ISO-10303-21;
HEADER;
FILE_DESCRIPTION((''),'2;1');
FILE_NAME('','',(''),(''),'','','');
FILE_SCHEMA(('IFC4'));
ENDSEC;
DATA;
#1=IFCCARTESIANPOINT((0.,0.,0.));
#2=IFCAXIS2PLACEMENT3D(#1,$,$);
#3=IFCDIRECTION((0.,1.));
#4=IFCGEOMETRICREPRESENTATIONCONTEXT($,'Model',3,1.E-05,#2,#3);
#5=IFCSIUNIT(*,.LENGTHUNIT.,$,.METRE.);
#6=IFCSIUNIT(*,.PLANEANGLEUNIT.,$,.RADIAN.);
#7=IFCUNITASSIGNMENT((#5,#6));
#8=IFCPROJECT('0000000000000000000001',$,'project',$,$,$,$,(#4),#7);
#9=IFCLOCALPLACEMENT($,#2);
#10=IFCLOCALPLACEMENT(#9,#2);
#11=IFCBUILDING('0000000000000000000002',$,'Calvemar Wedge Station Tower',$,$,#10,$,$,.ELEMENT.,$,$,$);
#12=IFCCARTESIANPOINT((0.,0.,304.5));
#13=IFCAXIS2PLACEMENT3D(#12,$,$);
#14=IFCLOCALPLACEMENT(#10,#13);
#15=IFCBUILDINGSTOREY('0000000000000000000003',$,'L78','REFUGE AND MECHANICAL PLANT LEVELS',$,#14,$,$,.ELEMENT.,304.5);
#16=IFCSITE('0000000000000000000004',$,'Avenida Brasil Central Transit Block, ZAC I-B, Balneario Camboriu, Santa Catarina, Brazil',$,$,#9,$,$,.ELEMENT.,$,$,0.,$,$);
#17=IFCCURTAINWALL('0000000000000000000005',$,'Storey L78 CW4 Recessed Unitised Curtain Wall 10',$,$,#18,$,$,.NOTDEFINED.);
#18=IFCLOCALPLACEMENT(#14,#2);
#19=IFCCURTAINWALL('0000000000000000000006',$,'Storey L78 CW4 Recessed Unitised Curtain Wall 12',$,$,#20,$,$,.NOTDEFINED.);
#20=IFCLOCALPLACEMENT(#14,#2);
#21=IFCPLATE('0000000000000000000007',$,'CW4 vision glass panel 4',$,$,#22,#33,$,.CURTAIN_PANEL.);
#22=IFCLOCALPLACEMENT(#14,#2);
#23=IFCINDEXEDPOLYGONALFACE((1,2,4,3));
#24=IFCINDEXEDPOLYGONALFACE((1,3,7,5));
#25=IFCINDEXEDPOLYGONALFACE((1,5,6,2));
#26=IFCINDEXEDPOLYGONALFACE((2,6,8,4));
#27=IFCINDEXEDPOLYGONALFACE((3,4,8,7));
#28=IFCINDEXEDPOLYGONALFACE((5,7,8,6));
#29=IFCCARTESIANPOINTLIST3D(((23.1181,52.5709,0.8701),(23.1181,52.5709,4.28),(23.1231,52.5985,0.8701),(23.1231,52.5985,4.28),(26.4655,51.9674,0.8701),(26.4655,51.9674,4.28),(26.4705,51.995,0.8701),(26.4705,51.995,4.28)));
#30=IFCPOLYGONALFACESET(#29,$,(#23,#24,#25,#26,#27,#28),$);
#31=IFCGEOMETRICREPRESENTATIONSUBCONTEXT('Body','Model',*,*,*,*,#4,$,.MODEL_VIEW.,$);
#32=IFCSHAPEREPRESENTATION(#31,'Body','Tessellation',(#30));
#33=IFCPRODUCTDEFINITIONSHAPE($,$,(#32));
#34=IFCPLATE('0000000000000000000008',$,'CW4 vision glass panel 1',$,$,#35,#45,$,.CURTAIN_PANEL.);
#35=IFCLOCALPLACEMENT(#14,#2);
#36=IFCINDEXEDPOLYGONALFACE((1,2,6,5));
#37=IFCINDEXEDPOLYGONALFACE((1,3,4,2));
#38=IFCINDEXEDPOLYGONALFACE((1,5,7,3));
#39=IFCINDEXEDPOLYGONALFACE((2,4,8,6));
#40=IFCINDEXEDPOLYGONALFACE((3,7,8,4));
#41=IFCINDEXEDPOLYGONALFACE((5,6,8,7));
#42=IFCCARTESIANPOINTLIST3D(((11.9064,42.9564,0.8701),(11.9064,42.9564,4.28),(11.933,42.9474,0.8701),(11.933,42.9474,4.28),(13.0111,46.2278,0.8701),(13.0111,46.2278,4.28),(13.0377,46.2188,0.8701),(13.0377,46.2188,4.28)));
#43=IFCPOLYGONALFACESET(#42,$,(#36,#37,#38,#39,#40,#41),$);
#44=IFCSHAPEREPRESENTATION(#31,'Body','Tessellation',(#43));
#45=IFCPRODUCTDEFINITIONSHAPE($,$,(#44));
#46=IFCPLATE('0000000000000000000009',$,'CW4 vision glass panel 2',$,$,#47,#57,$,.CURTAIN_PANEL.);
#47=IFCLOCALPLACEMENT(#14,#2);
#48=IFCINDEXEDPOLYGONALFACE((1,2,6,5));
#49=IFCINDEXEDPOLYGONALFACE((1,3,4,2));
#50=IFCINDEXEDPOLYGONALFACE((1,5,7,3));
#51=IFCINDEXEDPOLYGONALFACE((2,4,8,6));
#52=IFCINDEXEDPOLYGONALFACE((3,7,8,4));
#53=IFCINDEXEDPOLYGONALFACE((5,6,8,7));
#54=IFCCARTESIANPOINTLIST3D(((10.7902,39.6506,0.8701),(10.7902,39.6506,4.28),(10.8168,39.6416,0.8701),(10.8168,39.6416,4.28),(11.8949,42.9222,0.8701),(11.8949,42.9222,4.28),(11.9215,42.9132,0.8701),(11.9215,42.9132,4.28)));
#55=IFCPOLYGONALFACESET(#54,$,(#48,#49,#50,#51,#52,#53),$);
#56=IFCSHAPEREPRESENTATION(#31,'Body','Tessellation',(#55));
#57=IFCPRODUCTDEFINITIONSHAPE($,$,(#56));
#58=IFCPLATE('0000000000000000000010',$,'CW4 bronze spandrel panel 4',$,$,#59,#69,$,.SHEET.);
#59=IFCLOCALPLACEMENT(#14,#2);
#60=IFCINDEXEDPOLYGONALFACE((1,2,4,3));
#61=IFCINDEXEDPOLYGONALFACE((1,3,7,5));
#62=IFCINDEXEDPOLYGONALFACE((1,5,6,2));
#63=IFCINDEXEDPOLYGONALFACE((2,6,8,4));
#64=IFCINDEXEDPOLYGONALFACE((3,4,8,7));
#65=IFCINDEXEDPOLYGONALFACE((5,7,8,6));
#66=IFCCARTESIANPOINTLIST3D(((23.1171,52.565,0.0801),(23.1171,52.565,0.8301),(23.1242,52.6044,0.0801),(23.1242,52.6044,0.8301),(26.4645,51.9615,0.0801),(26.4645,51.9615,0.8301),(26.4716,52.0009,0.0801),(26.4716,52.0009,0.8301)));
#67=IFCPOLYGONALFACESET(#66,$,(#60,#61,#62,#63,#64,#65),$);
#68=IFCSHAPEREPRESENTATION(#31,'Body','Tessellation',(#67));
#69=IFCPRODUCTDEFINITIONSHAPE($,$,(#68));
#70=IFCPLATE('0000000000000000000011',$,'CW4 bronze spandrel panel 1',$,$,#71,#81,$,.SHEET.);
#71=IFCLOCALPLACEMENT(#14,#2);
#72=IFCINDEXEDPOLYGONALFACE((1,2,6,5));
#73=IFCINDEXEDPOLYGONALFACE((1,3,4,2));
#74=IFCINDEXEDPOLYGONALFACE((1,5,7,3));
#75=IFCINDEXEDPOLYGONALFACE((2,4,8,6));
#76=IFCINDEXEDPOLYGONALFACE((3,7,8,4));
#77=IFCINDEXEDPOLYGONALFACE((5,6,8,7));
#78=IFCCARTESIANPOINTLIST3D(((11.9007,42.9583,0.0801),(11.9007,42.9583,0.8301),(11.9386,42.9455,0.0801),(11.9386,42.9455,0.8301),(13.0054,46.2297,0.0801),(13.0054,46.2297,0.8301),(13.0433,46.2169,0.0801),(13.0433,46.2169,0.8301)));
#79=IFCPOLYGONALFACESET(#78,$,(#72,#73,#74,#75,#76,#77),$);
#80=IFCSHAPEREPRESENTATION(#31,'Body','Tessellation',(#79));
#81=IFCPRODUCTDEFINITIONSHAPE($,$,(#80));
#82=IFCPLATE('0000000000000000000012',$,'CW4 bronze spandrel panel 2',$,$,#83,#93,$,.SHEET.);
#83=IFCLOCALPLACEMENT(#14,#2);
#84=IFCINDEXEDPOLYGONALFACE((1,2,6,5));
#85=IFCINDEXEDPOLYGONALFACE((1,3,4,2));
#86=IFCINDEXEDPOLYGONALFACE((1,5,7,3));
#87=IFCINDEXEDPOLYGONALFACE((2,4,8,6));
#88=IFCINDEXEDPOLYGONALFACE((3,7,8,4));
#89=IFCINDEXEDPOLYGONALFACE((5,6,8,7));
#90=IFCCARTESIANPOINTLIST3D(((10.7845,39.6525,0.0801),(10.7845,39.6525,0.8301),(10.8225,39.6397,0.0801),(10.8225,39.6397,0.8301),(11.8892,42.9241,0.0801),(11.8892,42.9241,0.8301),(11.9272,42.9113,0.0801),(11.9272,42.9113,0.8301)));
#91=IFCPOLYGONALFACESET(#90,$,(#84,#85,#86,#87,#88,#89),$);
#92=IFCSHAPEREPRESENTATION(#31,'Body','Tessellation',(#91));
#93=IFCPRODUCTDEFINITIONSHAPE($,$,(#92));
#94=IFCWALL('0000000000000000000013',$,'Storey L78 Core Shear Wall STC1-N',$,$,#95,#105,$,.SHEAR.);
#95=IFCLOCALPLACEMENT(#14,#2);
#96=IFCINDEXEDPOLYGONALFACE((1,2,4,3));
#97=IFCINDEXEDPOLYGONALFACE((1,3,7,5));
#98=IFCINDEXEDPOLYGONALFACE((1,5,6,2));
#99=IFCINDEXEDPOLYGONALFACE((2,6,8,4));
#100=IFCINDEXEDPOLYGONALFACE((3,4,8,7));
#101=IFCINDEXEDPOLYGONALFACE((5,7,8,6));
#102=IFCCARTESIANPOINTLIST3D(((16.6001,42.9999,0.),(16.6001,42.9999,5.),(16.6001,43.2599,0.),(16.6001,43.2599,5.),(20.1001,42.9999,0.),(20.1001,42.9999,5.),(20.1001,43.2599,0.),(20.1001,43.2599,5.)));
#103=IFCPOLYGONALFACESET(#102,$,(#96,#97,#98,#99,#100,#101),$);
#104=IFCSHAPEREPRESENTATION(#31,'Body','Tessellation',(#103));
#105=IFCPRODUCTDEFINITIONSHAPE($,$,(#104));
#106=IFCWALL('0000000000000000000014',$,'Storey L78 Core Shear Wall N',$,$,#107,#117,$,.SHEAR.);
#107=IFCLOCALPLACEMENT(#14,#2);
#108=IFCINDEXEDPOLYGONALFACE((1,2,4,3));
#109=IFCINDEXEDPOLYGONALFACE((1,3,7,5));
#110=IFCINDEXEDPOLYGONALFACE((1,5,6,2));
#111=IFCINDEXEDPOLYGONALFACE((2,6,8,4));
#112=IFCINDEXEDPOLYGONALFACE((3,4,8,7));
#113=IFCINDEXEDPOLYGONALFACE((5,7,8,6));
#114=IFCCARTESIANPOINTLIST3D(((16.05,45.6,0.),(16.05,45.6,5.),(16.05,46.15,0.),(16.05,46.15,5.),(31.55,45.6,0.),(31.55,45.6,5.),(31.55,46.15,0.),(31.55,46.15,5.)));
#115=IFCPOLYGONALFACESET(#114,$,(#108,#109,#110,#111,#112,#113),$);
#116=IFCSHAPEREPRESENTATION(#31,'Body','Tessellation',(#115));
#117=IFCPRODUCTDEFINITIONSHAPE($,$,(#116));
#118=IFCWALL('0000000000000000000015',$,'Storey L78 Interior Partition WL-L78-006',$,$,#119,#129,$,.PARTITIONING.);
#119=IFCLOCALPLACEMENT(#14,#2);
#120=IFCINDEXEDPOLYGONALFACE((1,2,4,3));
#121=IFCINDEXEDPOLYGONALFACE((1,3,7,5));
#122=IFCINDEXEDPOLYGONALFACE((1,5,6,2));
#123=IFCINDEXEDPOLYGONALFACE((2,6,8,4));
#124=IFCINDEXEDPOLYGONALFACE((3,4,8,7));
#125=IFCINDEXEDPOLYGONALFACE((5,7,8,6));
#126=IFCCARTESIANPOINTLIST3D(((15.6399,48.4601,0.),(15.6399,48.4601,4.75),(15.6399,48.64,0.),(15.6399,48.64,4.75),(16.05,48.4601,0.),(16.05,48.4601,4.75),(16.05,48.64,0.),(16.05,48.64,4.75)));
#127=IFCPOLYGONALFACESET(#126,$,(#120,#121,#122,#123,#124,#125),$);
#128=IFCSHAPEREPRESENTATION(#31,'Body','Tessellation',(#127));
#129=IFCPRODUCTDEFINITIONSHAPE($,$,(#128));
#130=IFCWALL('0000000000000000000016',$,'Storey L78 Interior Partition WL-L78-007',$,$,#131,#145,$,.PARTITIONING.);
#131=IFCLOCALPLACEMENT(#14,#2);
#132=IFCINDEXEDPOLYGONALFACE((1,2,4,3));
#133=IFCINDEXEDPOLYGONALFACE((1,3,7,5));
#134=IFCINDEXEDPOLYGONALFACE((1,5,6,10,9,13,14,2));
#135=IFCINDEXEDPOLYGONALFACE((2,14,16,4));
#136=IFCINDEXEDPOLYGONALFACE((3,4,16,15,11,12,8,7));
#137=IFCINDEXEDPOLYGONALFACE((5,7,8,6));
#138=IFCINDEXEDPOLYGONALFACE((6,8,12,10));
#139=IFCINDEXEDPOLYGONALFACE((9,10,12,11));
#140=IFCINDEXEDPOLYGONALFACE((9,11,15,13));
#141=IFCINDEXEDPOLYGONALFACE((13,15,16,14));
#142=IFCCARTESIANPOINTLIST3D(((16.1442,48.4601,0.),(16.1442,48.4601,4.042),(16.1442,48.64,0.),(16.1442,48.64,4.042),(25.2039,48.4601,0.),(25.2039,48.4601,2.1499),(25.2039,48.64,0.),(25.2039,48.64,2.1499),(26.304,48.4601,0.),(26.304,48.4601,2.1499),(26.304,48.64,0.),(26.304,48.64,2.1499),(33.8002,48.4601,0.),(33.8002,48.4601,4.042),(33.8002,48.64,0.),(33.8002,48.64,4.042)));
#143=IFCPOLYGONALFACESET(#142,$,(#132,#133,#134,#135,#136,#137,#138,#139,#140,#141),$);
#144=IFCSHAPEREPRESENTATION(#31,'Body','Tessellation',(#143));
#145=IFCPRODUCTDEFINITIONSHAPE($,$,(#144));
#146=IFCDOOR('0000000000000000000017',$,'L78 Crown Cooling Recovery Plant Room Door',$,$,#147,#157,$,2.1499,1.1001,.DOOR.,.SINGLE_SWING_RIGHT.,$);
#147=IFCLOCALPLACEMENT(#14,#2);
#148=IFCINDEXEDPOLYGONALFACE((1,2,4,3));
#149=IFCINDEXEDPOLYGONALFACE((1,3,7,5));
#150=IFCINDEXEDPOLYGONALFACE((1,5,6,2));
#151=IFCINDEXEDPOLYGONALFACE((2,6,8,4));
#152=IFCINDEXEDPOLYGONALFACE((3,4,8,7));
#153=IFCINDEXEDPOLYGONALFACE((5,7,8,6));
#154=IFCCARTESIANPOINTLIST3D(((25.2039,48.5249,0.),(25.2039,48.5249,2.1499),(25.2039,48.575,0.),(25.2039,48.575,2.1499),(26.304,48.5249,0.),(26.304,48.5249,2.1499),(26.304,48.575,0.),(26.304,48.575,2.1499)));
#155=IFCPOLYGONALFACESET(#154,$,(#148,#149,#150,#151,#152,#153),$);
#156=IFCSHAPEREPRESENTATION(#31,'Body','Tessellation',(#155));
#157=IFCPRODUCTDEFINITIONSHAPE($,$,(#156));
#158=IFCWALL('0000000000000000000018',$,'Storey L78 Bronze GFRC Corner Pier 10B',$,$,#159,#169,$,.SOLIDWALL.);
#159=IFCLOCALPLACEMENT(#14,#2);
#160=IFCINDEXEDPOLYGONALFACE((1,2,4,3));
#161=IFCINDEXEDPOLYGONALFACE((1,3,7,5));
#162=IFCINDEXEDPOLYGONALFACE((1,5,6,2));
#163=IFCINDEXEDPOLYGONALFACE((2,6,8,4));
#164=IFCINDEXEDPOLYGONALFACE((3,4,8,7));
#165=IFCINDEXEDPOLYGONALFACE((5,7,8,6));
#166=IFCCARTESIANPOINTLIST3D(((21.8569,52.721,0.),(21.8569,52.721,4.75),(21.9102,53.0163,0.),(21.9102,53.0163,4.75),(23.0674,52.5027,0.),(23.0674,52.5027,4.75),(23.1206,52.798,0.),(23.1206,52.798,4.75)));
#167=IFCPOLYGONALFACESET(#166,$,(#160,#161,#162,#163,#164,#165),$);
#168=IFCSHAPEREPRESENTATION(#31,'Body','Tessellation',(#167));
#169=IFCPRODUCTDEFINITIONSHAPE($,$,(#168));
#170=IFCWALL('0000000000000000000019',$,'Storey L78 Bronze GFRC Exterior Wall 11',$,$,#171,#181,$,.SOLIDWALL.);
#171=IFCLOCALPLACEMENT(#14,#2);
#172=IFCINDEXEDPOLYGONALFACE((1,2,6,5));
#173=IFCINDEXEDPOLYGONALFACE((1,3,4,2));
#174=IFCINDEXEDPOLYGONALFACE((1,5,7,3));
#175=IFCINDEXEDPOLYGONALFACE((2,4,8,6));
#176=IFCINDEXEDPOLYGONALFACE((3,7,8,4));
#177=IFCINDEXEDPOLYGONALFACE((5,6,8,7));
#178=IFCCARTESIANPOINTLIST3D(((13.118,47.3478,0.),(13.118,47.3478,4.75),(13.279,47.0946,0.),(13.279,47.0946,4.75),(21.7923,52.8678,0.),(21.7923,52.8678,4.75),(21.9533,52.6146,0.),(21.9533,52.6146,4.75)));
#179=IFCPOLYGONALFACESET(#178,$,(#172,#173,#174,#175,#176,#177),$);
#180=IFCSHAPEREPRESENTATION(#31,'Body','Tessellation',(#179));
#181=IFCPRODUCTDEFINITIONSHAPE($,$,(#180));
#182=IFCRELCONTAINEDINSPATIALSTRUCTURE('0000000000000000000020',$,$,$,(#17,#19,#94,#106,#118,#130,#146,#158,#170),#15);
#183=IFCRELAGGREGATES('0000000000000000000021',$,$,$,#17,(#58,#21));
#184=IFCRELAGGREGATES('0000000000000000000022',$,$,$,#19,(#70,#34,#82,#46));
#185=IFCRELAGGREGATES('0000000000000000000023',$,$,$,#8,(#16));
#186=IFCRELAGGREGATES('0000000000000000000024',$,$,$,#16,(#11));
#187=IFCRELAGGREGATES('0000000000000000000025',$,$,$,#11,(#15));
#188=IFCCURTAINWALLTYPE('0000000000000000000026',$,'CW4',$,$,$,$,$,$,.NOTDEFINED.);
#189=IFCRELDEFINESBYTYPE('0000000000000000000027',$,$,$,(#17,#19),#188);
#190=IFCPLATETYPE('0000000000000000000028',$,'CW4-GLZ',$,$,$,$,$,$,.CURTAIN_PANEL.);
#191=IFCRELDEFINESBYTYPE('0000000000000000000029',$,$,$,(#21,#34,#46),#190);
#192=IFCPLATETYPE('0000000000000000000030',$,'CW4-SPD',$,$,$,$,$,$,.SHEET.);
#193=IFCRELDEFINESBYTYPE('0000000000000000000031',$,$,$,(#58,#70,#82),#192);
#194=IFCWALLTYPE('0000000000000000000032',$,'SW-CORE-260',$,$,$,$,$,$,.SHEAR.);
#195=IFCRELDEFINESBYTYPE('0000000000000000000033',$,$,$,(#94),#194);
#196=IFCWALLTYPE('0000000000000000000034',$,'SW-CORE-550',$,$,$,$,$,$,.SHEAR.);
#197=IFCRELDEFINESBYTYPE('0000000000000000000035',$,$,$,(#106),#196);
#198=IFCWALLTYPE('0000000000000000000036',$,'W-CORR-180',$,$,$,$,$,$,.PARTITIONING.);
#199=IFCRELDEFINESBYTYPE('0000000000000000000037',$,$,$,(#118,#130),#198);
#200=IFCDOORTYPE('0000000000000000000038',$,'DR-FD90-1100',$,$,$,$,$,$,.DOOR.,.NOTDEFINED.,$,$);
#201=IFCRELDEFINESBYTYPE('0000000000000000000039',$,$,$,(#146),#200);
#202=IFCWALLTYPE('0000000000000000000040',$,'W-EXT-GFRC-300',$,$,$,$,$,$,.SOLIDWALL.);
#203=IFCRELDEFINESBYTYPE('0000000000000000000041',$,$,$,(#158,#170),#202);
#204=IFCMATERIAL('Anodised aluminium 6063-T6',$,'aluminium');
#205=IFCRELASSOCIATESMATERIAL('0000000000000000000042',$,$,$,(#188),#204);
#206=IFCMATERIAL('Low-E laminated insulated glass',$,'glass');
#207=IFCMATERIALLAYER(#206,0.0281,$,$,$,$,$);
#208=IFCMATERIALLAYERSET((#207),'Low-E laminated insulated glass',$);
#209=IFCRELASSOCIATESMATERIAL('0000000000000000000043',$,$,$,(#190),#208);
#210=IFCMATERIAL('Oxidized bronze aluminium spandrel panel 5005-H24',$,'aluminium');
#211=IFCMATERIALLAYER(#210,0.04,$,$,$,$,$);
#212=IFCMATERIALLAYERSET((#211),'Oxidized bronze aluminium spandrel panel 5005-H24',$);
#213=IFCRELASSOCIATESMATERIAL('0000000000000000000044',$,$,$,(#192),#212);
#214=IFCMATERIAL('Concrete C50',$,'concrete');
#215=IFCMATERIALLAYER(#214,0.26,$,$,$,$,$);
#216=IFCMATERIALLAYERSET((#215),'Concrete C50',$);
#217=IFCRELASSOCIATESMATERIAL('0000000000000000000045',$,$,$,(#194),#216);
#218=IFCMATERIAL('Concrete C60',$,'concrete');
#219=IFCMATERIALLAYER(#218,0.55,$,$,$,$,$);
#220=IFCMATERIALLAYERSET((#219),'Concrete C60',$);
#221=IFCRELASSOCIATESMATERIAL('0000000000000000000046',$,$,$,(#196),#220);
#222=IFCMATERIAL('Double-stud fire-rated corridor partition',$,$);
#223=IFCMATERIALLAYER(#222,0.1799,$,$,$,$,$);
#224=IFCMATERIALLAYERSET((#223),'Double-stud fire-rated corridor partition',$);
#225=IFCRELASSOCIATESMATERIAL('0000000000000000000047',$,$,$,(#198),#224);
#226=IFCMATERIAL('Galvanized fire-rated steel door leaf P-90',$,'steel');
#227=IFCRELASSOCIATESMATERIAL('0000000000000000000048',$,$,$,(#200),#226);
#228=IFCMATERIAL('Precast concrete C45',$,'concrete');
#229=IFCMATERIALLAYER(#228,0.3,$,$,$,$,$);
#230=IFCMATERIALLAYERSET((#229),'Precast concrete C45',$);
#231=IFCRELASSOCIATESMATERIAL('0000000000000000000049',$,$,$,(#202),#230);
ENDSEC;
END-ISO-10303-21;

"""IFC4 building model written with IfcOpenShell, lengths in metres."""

from ifc_helpers import new_model, si_unit, direction, frame, frame_2d, origin, place, context, subcontext, project, spatial, rectangle, extrude, source, transform, mapped, material, layer, layer_set, type_object, element, fill, aggregate, save


model = new_model("IFC4")

# Units and contexts
model_context = context("Model", 3, precision=1e-05, world=origin(), true_north=direction((0.0, 1.0)))
body_context = subcontext(model_context, "Body", "Model", "MODEL_VIEW")
ifc_project = project(units=[si_unit("LENGTHUNIT", "METRE"), si_unit("PLANEANGLEUNIT", "RADIAN")], contexts=[model_context])

# Site, building, storey
site_placement = place(None, origin())
site = spatial("IfcSite", under=ifc_project, at=site_placement, Name="Avenida Brasil Central Transit Block, ZAC I-B, Balneario Camboriu, Santa Catarina, Brazil", CompositionType="ELEMENT", RefElevation=0.0)
building_placement = place(site_placement, origin())
building = spatial("IfcBuilding", under=site, at=building_placement, Name="Calvemar Wedge Station Tower", CompositionType="ELEMENT")
storey_placement = place(building_placement, frame((0.0, 0.0, 304.5)))
storey = spatial("IfcBuildingStorey", under=building, at=storey_placement, Name="L78", Description="REFUGE AND MECHANICAL PLANT LEVELS", CompositionType="ELEMENT", Elevation=304.5)

# Shared definitions
ifc_material_1 = material(Name="Concrete C50", Category="concrete")

# Curtain wall
ifc_material_2 = material(Name="Anodised aluminium 6063-T6", Category="aluminium")
curtain_wall_type = type_object("IfcCurtainWallType", Name="CW4", PredefinedType="NOTDEFINED", material=ifc_material_2)
curtain_wall_1_placement = place(storey_placement, origin())
curtain_wall_1 = element("IfcCurtainWall", 1, at=curtain_wall_1_placement, inside=storey, type_object=curtain_wall_type, Name="Storey L78 CW4 Recessed Unitised Curtain Wall 10", PredefinedType="NOTDEFINED")

# Curtain wall
curtain_wall_2_placement = place(storey_placement, origin())
curtain_wall_2 = element("IfcCurtainWall", 2, at=curtain_wall_2_placement, inside=storey, type_object=curtain_wall_type, Name="Storey L78 CW4 Recessed Unitised Curtain Wall 12", PredefinedType="NOTDEFINED")

# Plates
ifc_material_3 = material(Name="Low-E laminated insulated glass", Category="glass")
ifc_layer_1 = layer(ifc_material_3, 0.0281)
ifc_layer_set_1 = layer_set([ifc_layer_1], Name="Low-E laminated insulated glass")
plate_type_1 = type_object("IfcPlateType", Name="CW4-GLZ", PredefinedType="CURTAIN_PANEL", material=ifc_layer_set_1)
plate_1_placement = place(storey_placement, frame((26.468, 51.9812, 0.8701), z_axis=(0.0, 0.0, 1.0), x_axis=(-0.984133, 0.177432, 0.0)))
plate_1 = element("IfcPlate", 3, at=plate_1_placement, type_object=plate_type_1, Name="CW4 vision glass panel 4", PredefinedType="CURTAIN_PANEL", context=body_context, shape_type="SweptSolid", body=[
    extrude(rectangle(XDim=3.4014, YDim=0.0281, at=frame_2d((1.7007, 0.0))), origin(), (0.0, 0.0, 1.0), 3.4099),
])
plate_2_placement = place(storey_placement, frame((13.0244, 46.2234, 0.8701), z_axis=(0.0, 0.0, 1.0), x_axis=(-0.319937, -0.947439, 0.0)))
plate_2 = element("IfcPlate", 4, at=plate_2_placement, type_object=plate_type_1, Name="CW4 vision glass panel 1", PredefinedType="CURTAIN_PANEL", context=body_context, shape_type="SweptSolid", body=[
    extrude(rectangle(XDim=3.4529, YDim=0.0281, at=frame_2d((1.7266, 0.0))), origin(), (0.0, 0.0, 1.0), 3.4099),
])
plate_3_placement = place(storey_placement, frame((11.9082, 42.9177, 0.8701), z_axis=(0.0, 0.0, 1.0), x_axis=(-0.319916, -0.947446, 0.0)))
plate_3 = element("IfcPlate", 5, at=plate_3_placement, type_object=plate_type_1, Name="CW4 vision glass panel 2", PredefinedType="CURTAIN_PANEL", context=body_context, shape_type="SweptSolid", body=[
    extrude(rectangle(XDim=3.4531, YDim=0.0281, at=frame_2d((1.7266, 0.0))), origin(), (0.0, 0.0, 1.0), 3.4099),
])
ifc_material_4 = material(Name="Oxidized bronze aluminium spandrel panel 5005-H24", Category="aluminium")
ifc_layer_2 = layer(ifc_material_4, 0.04)
ifc_layer_set_2 = layer_set([ifc_layer_2], Name="Oxidized bronze aluminium spandrel panel 5005-H24")
plate_type_2 = type_object("IfcPlateType", Name="CW4-SPD", PredefinedType="SHEET", material=ifc_layer_set_2)
plate_4_placement = place(storey_placement, frame((26.468, 51.9812, 0.0801), z_axis=(0.0, 0.0, 1.0), x_axis=(-0.984133, 0.177432, 0.0)))
plate_4 = element("IfcPlate", 6, at=plate_4_placement, type_object=plate_type_2, Name="CW4 bronze spandrel panel 4", PredefinedType="SHEET", context=body_context, shape_type="SweptSolid", body=[
    extrude(rectangle(XDim=3.4014, YDim=0.04, at=frame_2d((1.7007, 0.0))), origin(), (0.0, 0.0, 1.0), 0.75),
])
aggregate(curtain_wall_1, [plate_4, plate_1])
plate_5_placement = place(storey_placement, frame((13.0244, 46.2234, 0.0801), z_axis=(0.0, 0.0, 1.0), x_axis=(-0.319937, -0.947439, 0.0)))
plate_5 = element("IfcPlate", 7, at=plate_5_placement, type_object=plate_type_2, Name="CW4 bronze spandrel panel 1", PredefinedType="SHEET", context=body_context, shape_type="SweptSolid", body=[
    extrude(rectangle(XDim=3.4529, YDim=0.04, at=frame_2d((1.7266, 0.0))), origin(), (0.0, 0.0, 1.0), 0.75),
])
plate_6_placement = place(storey_placement, frame((11.9082, 42.9177, 0.0801), z_axis=(0.0, 0.0, 1.0), x_axis=(-0.319916, -0.947446, 0.0)))
plate_6 = element("IfcPlate", 8, at=plate_6_placement, type_object=plate_type_2, Name="CW4 bronze spandrel panel 2", PredefinedType="SHEET", context=body_context, shape_type="SweptSolid", body=[
    extrude(rectangle(XDim=3.4531, YDim=0.04, at=frame_2d((1.7266, 0.0))), origin(), (0.0, 0.0, 1.0), 0.75),
])
aggregate(curtain_wall_2, [plate_5, plate_2, plate_6, plate_3])

# Walls
ifc_layer_3 = layer(ifc_material_1, 0.26)
ifc_layer_set_3 = layer_set([ifc_layer_3], Name="Concrete C50")
wall_type_1 = type_object("IfcWallType", Name="SW-CORE-260", PredefinedType="SHEAR", material=ifc_layer_set_3)
wall_1_placement = place(storey_placement, frame((16.6001, 43.1299, 0.0), z_axis=(0.0, 0.0, 1.0), x_axis=(1.0, 0.0, 0.0)))
element("IfcWall", 9, at=wall_1_placement, inside=storey, type_object=wall_type_1, Name="Storey L78 Core Shear Wall STC1-N", PredefinedType="SHEAR", context=body_context, shape_type="SweptSolid", body=[
    extrude(rectangle(XDim=3.5, YDim=0.26, at=frame_2d((1.75, 0.0))), origin(), (0.0, 0.0, 1.0), 5.0),
])
ifc_material_5 = material(Name="Concrete C60", Category="concrete")
ifc_layer_4 = layer(ifc_material_5, 0.55)
ifc_layer_set_4 = layer_set([ifc_layer_4], Name="Concrete C60")
wall_type_2 = type_object("IfcWallType", Name="SW-CORE-550", PredefinedType="SHEAR", material=ifc_layer_set_4)
wall_2_placement = place(storey_placement, frame((16.05, 45.875, 0.0), z_axis=(0.0, 0.0, 1.0), x_axis=(1.0, 0.0, 0.0)))
element("IfcWall", 10, at=wall_2_placement, inside=storey, type_object=wall_type_2, Name="Storey L78 Core Shear Wall N", PredefinedType="SHEAR", context=body_context, shape_type="SweptSolid", body=[
    extrude(rectangle(XDim=15.5, YDim=0.55, at=frame_2d((7.75, 0.0))), origin(), (0.0, 0.0, 1.0), 5.0),
])
ifc_material_6 = material(Name="Double-stud fire-rated corridor partition")
ifc_layer_5 = layer(ifc_material_6, 0.1799)
ifc_layer_set_5 = layer_set([ifc_layer_5], Name="Double-stud fire-rated corridor partition")
wall_type_3 = type_object("IfcWallType", Name="W-CORR-180", PredefinedType="PARTITIONING", material=ifc_layer_set_5)
wall_3_placement = place(storey_placement, frame((15.6399, 48.55, 0.0), z_axis=(0.0, 0.0, 1.0), x_axis=(1.0, 0.0, 0.0)))
element("IfcWall", 11, at=wall_3_placement, inside=storey, type_object=wall_type_3, Name="Storey L78 Interior Partition WL-L78-006", PredefinedType="PARTITIONING", context=body_context, shape_type="SweptSolid", body=[
    extrude(rectangle(XDim=0.4102, YDim=0.1799, at=frame_2d((0.2051, 0.0))), origin(), (0.0, 0.0, 1.0), 4.75),
])

# Wall, opening, door
wall_4_placement = place(storey_placement, frame((16.144, 48.55, 0.0), z_axis=(0.0, 0.0, 1.0), x_axis=(1.0, 0.0, 0.0)))
wall_4 = element("IfcWall", 12, at=wall_4_placement, inside=storey, type_object=wall_type_3, Name="Storey L78 Interior Partition WL-L78-007", PredefinedType="PARTITIONING", context=body_context, shape_type="SweptSolid", body=[
    extrude(rectangle(XDim=17.656, YDim=0.1799, at=frame_2d((8.8281, 0.0))), origin(), (0.0, 0.0, 1.0), 4.042),
])
shared_shape_1 = source(origin(), body_context, "Body", "SweptSolid", [
    extrude(rectangle(XDim=1.1001, YDim=2.1499, at=frame_2d((0.55, 1.075))), frame((0.0, 0.1001, 0.0), z_axis=(0.0, -1.0, 0.0), x_axis=(1.0, 0.0, 0.0)), (0.0, 0.0, 1.0), 0.2),
])
opening_1_placement = place(wall_4_placement, frame((9.0598, 0.0, 0.0)))
opening_1 = element("IfcOpeningElement", 13, at=opening_1_placement, cuts=wall_4, PredefinedType="OPENING", context=body_context, shape_type="MappedRepresentation", body=[
    mapped(shared_shape_1, transform((0.0, 0.0, 0.0), scale=1.0)),
])
ifc_material_7 = material(Name="Galvanized fire-rated steel door leaf P-90", Category="steel")
door_type_1 = type_object("IfcDoorType", Name="DR-FD90-1100", OperationType="NOTDEFINED", PredefinedType="DOOR", material=ifc_material_7)
shared_shape_2 = source(origin(), body_context, "Body", "SweptSolid", [
    extrude(rectangle(XDim=1.1001, YDim=2.1499, at=frame_2d((0.55, 1.075))), frame((0.0, 0.0249, 0.0), z_axis=(0.0, -1.0, 0.0), x_axis=(1.0, 0.0, 0.0)), (0.0, 0.0, 1.0), 0.05),
])
door_1_placement = place(opening_1_placement, origin())
door_1 = element("IfcDoor", 14, at=door_1_placement, inside=storey, type_object=door_type_1, Name="L78 Crown Cooling Recovery Plant Room Door", OperationType="SINGLE_SWING_RIGHT", OverallHeight=2.1499, OverallWidth=1.1001, PredefinedType="DOOR", context=body_context, shape_type="MappedRepresentation", body=[
    mapped(shared_shape_2, transform((0.0, 0.0, 0.0), scale=1.0)),
])
fill(opening_1, door_1)

# Walls
ifc_material_8 = material(Name="Precast concrete C45", Category="concrete")
ifc_layer_6 = layer(ifc_material_8, 0.3)
ifc_layer_set_6 = layer_set([ifc_layer_6], Name="Precast concrete C45")
wall_type_4 = type_object("IfcWallType", Name="W-EXT-GFRC-300", PredefinedType="SOLIDWALL", material=ifc_layer_set_6)
wall_5_placement = place(storey_placement, frame((23.094, 52.6504, 0.0), z_axis=(0.0, 0.0, 1.0), x_axis=(-0.984129, 0.177453, 0.0)))
element("IfcWall", 15, at=wall_5_placement, inside=storey, type_object=wall_type_4, Name="Storey L78 Bronze GFRC Corner Pier 10B", PredefinedType="SOLIDWALL", context=body_context, shape_type="SweptSolid", body=[
    extrude(rectangle(XDim=1.23, YDim=0.3, at=frame_2d((0.615, 0.0))), origin(), (0.0, 0.0, 1.0), 4.75),
])
wall_6_placement = place(storey_placement, frame((21.8728, 52.7412, 0.0), z_axis=(0.0, 0.0, 1.0), x_axis=(-0.843661, -0.536875, 0.0)))
element("IfcWall", 16, at=wall_6_placement, inside=storey, type_object=wall_type_4, Name="Storey L78 Bronze GFRC Exterior Wall 11", PredefinedType="SOLIDWALL", context=body_context, shape_type="SweptSolid", body=[
    extrude(rectangle(XDim=10.2817, YDim=0.3, at=frame_2d((5.1409, 0.0))), origin(), (0.0, 0.0, 1.0), 4.75),
])

save(model, "model.ifc")
